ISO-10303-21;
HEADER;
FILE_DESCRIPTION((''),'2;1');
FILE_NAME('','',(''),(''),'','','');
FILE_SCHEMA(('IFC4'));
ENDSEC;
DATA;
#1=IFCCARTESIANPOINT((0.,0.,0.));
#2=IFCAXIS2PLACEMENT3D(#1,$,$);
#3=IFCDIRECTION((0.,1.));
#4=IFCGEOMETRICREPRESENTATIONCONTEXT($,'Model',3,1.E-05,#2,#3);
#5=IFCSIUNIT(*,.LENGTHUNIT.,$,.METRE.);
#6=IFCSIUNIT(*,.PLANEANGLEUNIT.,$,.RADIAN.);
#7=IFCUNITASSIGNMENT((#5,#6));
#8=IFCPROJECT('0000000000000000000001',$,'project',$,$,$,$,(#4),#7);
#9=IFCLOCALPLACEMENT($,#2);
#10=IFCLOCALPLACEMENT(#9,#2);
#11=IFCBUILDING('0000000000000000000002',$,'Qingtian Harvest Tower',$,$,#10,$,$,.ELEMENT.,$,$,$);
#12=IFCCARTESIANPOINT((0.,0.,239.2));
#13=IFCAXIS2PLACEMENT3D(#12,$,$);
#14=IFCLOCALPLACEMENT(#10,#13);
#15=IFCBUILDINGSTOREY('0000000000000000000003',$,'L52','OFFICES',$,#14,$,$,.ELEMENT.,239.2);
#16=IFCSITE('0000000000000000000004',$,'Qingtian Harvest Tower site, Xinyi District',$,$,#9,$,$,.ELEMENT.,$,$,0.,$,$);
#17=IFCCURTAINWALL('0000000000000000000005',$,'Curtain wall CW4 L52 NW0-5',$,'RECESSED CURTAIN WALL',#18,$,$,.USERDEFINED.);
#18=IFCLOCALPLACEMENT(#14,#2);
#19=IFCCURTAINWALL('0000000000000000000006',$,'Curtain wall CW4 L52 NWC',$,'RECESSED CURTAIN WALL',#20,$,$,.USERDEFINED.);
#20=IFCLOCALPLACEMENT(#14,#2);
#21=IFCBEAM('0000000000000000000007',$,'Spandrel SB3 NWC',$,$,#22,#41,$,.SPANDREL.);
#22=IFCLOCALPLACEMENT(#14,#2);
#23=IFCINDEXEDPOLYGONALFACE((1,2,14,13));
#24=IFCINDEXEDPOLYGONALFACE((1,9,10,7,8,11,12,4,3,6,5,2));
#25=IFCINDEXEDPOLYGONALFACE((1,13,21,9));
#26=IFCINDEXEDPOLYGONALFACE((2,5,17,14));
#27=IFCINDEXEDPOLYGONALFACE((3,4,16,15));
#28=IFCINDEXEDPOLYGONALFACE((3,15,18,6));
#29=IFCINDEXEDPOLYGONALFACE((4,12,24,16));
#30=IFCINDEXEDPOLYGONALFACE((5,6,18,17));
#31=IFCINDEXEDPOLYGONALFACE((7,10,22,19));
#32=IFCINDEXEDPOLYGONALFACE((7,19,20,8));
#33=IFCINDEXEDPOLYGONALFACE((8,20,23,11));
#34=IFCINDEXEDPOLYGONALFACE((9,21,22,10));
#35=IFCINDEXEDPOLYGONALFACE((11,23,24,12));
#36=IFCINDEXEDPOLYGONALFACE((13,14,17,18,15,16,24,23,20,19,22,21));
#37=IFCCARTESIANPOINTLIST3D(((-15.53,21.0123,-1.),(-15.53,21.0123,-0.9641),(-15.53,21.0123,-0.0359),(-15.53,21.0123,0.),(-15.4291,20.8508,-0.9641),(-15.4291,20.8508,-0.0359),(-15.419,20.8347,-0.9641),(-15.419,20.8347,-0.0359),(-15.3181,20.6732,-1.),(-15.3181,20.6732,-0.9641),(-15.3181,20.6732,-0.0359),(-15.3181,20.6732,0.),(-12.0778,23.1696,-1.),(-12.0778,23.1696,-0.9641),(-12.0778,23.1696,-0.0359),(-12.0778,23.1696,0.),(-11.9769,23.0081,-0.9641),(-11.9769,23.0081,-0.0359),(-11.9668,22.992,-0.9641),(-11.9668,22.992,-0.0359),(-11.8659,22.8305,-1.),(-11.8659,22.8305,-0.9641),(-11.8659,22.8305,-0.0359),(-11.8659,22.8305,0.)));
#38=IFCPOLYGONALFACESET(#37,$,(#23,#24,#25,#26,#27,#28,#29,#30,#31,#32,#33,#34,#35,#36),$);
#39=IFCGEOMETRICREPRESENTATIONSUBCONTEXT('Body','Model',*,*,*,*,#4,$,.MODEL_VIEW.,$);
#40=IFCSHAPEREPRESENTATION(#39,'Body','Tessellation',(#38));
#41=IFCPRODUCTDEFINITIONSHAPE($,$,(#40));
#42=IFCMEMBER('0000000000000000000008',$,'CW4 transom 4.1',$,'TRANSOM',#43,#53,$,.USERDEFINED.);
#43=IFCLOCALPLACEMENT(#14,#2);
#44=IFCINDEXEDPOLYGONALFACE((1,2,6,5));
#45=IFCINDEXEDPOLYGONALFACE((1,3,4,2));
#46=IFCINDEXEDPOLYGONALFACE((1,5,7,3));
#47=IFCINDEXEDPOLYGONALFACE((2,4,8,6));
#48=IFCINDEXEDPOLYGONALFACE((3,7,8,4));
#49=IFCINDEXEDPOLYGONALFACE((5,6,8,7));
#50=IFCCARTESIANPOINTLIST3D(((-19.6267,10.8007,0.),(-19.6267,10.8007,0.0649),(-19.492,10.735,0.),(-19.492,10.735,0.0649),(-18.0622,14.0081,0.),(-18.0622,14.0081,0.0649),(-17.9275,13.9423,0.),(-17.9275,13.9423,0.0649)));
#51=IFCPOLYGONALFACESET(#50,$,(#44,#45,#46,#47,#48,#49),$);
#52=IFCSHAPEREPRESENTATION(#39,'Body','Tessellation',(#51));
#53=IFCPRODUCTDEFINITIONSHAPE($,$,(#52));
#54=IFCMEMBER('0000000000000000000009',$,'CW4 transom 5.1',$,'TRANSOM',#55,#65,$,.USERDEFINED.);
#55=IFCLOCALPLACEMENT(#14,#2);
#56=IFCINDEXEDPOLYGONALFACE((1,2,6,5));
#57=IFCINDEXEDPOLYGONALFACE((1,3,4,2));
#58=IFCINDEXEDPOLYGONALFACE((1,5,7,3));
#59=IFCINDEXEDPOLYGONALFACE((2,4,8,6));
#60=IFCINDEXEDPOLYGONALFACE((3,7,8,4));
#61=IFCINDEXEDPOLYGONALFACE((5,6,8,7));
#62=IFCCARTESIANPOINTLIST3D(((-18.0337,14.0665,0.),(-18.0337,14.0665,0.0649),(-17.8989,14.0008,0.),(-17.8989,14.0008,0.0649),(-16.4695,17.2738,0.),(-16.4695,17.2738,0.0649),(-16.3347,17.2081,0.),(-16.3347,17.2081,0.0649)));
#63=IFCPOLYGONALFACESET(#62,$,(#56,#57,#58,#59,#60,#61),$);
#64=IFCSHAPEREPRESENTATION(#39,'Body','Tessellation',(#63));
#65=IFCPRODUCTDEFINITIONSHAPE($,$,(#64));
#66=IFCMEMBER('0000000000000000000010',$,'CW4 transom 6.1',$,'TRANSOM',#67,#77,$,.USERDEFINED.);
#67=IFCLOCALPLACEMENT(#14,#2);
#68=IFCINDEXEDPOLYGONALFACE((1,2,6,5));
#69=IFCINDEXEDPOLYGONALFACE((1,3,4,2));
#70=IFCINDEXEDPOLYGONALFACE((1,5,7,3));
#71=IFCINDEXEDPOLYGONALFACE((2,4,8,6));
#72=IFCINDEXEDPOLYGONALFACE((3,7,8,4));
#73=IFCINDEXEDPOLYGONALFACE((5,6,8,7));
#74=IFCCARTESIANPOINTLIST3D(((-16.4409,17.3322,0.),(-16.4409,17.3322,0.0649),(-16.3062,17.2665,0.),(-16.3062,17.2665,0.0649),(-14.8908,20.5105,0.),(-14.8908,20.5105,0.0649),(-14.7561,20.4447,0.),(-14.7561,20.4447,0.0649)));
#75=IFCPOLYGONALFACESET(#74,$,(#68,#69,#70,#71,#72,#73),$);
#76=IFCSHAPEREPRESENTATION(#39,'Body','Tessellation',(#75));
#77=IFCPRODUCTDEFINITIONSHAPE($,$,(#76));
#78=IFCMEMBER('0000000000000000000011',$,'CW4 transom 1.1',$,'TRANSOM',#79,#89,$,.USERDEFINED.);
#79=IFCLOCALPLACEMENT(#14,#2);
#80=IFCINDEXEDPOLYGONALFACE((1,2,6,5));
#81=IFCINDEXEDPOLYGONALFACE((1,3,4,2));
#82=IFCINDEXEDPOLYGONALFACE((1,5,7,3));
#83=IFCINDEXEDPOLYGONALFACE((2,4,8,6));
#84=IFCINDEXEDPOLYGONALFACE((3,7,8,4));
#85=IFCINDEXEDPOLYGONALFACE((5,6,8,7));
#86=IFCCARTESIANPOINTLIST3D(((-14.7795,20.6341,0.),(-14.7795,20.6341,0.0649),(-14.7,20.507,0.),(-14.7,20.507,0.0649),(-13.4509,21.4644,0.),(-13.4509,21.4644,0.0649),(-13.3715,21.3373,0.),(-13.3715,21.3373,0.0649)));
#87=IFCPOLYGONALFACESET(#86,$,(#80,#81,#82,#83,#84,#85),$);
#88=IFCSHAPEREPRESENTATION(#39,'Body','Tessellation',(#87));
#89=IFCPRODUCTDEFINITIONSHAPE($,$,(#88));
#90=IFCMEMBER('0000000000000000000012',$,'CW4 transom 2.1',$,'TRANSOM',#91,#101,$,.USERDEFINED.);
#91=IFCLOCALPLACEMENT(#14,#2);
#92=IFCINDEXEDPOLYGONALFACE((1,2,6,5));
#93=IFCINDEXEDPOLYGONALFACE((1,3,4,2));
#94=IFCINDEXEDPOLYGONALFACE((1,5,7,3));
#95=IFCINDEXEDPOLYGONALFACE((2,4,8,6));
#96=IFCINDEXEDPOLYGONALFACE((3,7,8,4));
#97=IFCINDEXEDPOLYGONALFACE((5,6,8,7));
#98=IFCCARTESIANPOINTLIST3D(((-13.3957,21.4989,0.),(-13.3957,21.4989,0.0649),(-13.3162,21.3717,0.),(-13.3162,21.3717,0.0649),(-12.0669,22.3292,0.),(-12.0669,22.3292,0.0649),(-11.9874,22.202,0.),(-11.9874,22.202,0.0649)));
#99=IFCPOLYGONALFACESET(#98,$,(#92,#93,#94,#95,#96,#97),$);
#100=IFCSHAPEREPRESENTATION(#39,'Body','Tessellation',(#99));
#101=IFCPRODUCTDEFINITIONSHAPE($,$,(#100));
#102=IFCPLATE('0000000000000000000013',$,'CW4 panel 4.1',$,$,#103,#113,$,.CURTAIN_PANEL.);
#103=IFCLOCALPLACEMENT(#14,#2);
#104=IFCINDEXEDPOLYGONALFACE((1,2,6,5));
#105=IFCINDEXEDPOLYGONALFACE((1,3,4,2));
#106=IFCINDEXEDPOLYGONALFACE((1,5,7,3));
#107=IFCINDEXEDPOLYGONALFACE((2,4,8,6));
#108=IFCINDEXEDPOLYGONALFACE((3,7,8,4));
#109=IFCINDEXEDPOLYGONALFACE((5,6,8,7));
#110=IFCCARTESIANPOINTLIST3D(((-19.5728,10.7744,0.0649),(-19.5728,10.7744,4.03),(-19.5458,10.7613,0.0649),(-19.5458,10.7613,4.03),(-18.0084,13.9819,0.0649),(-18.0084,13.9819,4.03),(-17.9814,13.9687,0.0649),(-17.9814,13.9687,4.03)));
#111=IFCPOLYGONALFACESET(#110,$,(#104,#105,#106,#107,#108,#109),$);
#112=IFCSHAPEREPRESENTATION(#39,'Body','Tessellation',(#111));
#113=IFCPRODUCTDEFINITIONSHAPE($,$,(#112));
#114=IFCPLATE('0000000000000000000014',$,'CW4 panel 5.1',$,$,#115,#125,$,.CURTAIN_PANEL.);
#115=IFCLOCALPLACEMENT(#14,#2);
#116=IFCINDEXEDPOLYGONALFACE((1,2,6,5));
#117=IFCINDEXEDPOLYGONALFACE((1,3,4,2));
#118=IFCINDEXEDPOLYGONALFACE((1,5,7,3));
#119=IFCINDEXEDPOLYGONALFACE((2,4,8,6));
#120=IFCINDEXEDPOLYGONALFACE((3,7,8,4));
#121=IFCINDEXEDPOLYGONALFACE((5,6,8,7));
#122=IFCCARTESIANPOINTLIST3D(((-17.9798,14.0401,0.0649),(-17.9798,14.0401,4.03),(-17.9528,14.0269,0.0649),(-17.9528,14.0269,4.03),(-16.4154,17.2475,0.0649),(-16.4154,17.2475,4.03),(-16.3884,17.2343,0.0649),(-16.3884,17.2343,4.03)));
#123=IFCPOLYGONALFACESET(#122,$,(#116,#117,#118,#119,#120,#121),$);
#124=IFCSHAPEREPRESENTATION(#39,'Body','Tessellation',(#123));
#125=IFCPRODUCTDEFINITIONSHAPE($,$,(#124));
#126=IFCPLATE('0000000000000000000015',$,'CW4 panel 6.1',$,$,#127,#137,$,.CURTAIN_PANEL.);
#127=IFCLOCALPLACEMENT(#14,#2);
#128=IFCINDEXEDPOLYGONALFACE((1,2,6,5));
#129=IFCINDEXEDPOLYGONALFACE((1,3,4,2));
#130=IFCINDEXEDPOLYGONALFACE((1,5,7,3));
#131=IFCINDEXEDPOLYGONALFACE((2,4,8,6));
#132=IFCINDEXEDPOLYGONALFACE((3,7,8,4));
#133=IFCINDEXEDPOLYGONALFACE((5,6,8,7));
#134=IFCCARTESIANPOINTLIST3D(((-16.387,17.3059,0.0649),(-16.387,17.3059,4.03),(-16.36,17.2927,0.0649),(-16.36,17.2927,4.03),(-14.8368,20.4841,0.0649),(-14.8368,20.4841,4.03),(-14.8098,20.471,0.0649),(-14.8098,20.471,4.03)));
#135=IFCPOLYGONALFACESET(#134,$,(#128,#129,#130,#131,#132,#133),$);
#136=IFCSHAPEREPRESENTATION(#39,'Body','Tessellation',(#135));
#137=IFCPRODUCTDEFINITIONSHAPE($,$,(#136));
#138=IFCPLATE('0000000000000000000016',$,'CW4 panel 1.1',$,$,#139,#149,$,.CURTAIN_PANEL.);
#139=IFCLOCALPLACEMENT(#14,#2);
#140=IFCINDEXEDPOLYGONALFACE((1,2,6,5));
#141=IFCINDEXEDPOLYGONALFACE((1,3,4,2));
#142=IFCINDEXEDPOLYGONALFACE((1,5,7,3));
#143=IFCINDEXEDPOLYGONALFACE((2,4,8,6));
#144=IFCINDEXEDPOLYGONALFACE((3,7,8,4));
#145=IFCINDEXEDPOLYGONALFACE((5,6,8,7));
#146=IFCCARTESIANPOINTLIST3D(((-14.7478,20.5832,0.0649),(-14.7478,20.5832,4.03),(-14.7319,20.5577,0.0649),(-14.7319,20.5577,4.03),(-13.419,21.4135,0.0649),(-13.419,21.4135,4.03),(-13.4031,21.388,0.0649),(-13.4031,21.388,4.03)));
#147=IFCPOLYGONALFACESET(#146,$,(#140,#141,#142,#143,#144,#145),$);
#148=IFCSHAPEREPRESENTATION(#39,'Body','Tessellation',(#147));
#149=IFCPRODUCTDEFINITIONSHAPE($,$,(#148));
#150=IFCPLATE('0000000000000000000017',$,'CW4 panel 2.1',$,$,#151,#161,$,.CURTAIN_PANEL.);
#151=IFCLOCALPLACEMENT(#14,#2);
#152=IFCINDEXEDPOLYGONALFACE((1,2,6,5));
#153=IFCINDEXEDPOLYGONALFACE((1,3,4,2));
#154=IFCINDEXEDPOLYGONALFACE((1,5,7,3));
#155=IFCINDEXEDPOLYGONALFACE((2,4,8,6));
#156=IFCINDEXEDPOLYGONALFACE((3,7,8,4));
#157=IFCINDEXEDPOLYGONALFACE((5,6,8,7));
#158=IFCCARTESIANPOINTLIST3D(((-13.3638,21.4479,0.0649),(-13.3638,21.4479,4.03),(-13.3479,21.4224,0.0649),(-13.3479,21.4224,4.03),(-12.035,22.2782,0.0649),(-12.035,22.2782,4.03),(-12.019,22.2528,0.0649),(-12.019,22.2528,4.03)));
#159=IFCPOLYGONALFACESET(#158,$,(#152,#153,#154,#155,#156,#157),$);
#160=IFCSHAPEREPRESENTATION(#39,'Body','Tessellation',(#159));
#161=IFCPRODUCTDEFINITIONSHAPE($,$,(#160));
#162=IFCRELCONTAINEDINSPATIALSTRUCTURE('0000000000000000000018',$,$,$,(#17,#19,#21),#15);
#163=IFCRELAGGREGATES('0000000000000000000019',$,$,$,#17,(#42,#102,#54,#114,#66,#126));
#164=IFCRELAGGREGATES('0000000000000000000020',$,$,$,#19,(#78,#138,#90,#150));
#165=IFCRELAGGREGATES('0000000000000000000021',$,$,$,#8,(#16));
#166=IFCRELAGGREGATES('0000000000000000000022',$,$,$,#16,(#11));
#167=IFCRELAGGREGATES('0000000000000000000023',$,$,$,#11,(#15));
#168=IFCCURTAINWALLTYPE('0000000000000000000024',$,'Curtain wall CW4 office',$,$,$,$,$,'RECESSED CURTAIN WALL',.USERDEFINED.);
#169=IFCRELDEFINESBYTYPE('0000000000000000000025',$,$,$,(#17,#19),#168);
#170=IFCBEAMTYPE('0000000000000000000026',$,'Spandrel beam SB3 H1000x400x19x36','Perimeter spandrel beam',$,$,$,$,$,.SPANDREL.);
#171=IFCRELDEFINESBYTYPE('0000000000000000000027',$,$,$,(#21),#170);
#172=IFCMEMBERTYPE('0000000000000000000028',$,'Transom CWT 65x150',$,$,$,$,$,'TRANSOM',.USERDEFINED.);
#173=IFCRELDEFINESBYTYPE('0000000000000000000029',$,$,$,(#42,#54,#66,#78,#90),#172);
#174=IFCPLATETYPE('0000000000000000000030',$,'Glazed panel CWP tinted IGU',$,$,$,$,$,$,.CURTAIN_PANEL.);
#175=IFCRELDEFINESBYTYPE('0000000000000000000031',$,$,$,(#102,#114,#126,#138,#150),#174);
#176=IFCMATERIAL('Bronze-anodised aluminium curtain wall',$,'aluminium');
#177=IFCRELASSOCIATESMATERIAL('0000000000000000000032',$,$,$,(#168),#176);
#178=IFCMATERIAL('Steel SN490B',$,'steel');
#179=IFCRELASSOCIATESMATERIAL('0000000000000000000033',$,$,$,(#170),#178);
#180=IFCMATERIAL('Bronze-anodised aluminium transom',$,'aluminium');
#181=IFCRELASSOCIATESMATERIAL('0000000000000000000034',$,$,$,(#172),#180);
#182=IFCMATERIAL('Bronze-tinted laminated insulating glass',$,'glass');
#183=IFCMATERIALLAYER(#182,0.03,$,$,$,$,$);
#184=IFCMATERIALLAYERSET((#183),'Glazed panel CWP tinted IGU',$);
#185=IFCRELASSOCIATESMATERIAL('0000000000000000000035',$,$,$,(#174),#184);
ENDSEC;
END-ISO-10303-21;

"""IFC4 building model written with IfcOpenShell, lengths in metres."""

from ifc_helpers import new_model, si_unit, direction, frame, origin, origin_2d, place, context, subcontext, project, spatial, rectangle, i_section, extrude, material, layer, layer_set, material_profile, profile_set, type_object, element, aggregate, save


model = new_model("IFC4")

# Units and contexts
model_context = context("Model", 3, precision=1e-05, world=origin(), true_north=direction((0.0, 1.0)))
body_context = subcontext(model_context, "Body", "Model", "MODEL_VIEW")
ifc_project = project(units=[si_unit("LENGTHUNIT", "METRE"), si_unit("PLANEANGLEUNIT", "RADIAN")], contexts=[model_context])

# Site, building, storey
site_placement = place(None, origin())
site = spatial("IfcSite", under=ifc_project, at=site_placement, Name="Qingtian Harvest Tower site, Xinyi District", CompositionType="ELEMENT", RefElevation=0.0)
building_placement = place(site_placement, origin())
building = spatial("IfcBuilding", under=site, at=building_placement, Name="Qingtian Harvest Tower", CompositionType="ELEMENT")
storey_placement = place(building_placement, frame((0.0, 0.0, 239.2)))
storey = spatial("IfcBuildingStorey", under=building, at=storey_placement, Name="L52", Description="OFFICES", CompositionType="ELEMENT", Elevation=239.2)

# Curtain walls
ifc_material_1 = material(Name="Bronze-anodised aluminium curtain wall", Category="aluminium")
curtain_wall_type = type_object("IfcCurtainWallType", Name="Curtain wall CW4 office", ElementType="RECESSED CURTAIN WALL", PredefinedType="USERDEFINED", material=ifc_material_1)
curtain_wall_1_placement = place(storey_placement, origin())
curtain_wall_1 = element("IfcCurtainWall", 1, at=curtain_wall_1_placement, inside=storey, type_object=curtain_wall_type, Name="Curtain wall CW4 L52 NW0-5", ObjectType="RECESSED CURTAIN WALL", PredefinedType="USERDEFINED")
curtain_wall_2_placement = place(storey_placement, origin())
curtain_wall_2 = element("IfcCurtainWall", 2, at=curtain_wall_2_placement, inside=storey, type_object=curtain_wall_type, Name="Curtain wall CW4 L52 NWC", ObjectType="RECESSED CURTAIN WALL", PredefinedType="USERDEFINED")

# Beam
ifc_material_2 = material(Name="Steel SN490B", Category="steel")
ifc_material_profile_1 = material_profile(ifc_material_2, i_section(OverallWidth=0.3999, OverallDepth=1.0, WebThickness=0.019, FlangeThickness=0.0359, at=origin_2d()), Name="H1000x400x19x36")
ifc_profile_set_1 = profile_set([ifc_material_profile_1], Name="Steel SN490B")
beam_type_1 = type_object("IfcBeamType", Name="Spandrel beam SB3 H1000x400x19x36", Description="Perimeter spandrel beam", PredefinedType="SPANDREL", material=ifc_profile_set_1)
beam_1_placement = place(storey_placement, frame((-15.4241, 20.8428, -0.5), z_axis=(0.848039, 0.529934, 0.0), x_axis=(-0.529934, 0.848039, 0.0)))
element("IfcBeam", 3, at=beam_1_placement, inside=storey, type_object=beam_type_1, Name="Spandrel SB3 NWC", PredefinedType="SPANDREL", context=body_context, shape_type="SweptSolid", body=[
    extrude(i_section(OverallWidth=0.3999, OverallDepth=1.0, WebThickness=0.019, FlangeThickness=0.0359, at=origin_2d()), origin(), (0.0, 0.0, 1.0), 4.0708),
])

# Members
ifc_material_3 = material(Name="Bronze-anodised aluminium transom", Category="aluminium")
ifc_material_profile_2 = material_profile(ifc_material_3, rectangle(XDim=0.1499, YDim=0.0649, at=origin_2d()), Name="AL 65x150")
ifc_profile_set_2 = profile_set([ifc_material_profile_2], Name="Bronze-anodised aluminium transom")
member_type_1 = type_object("IfcMemberType", Name="Transom CWT 65x150", ElementType="TRANSOM", PredefinedType="USERDEFINED", material=ifc_profile_set_2)
member_1_placement = place(storey_placement, frame((-19.5593, 10.7678, 0.0325), z_axis=(0.438407, 0.898776, 0.0), x_axis=(-0.898776, 0.438407, 0.0)))
member_1 = element("IfcMember", 4, at=member_1_placement, type_object=member_type_1, Name="CW4 transom 4.1", ObjectType="TRANSOM", PredefinedType="USERDEFINED", context=body_context, shape_type="SweptSolid", body=[
    extrude(rectangle(XDim=0.1499, YDim=0.0649, at=origin_2d()), origin(), (0.0, 0.0, 1.0), 3.5686),
])
member_2_placement = place(storey_placement, frame((-17.9663, 14.0337, 0.0325), z_axis=(0.438352, 0.898803, 0.0), x_axis=(-0.898803, 0.438352, 0.0)))
member_2 = element("IfcMember", 5, at=member_2_placement, type_object=member_type_1, Name="CW4 transom 5.1", ObjectType="TRANSOM", PredefinedType="USERDEFINED", context=body_context, shape_type="SweptSolid", body=[
    extrude(rectangle(XDim=0.1499, YDim=0.0649, at=origin_2d()), origin(), (0.0, 0.0, 1.0), 3.5684),
])
member_3_placement = place(storey_placement, frame((-16.3735, 17.2993, 0.0325), z_axis=(0.438354, 0.898802, 0.0), x_axis=(-0.898802, 0.438354, 0.0)))
member_3 = element("IfcMember", 6, at=member_3_placement, type_object=member_type_1, Name="CW4 transom 6.1", ObjectType="TRANSOM", PredefinedType="USERDEFINED", context=body_context, shape_type="SweptSolid", body=[
    extrude(rectangle(XDim=0.1499, YDim=0.0649, at=origin_2d()), origin(), (0.0, 0.0, 1.0), 3.5361),
])
member_4_placement = place(storey_placement, frame((-14.7397, 20.5706, 0.0325), z_axis=(0.848016, 0.529971, 0.0), x_axis=(-0.529971, 0.848016, 0.0)))
member_4 = element("IfcMember", 7, at=member_4_placement, type_object=member_type_1, Name="CW4 transom 1.1", ObjectType="TRANSOM", PredefinedType="USERDEFINED", context=body_context, shape_type="SweptSolid", body=[
    extrude(rectangle(XDim=0.1499, YDim=0.0649, at=origin_2d()), origin(), (0.0, 0.0, 1.0), 1.5667),
])
member_5_placement = place(storey_placement, frame((-13.356, 21.4353, 0.0325), z_axis=(0.84806, 0.529901, 0.0), x_axis=(-0.529901, 0.84806, 0.0)))
member_5 = element("IfcMember", 8, at=member_5_placement, type_object=member_type_1, Name="CW4 transom 2.1", ObjectType="TRANSOM", PredefinedType="USERDEFINED", context=body_context, shape_type="SweptSolid", body=[
    extrude(rectangle(XDim=0.1499, YDim=0.0649, at=origin_2d()), origin(), (0.0, 0.0, 1.0), 1.5669),
])

# Plates
ifc_material_4 = material(Name="Bronze-tinted laminated insulating glass", Category="glass")
ifc_layer = layer(ifc_material_4, 0.03)
ifc_layer_set = layer_set([ifc_layer], Name="Glazed panel CWP tinted IGU")
plate_type = type_object("IfcPlateType", Name="Glazed panel CWP tinted IGU", PredefinedType="CURTAIN_PANEL", material=ifc_layer_set)
plate_1_placement = place(storey_placement, frame((-18.7771, 12.3716, 0.0649), z_axis=(0.0, 0.0, 1.0), x_axis=(0.438371, 0.898794, 0.0)))
plate_1 = element("IfcPlate", 9, at=plate_1_placement, type_object=plate_type, Name="CW4 panel 4.1", PredefinedType="CURTAIN_PANEL", context=body_context, shape_type="SweptSolid", body=[
    extrude(rectangle(XDim=3.5686, YDim=0.03, at=origin_2d()), origin(), (0.0, 0.0, 1.0), 3.9651),
])
plate_2_placement = place(storey_placement, frame((-17.1841, 15.6372, 0.0649), z_axis=(0.0, 0.0, 1.0), x_axis=(0.438371, 0.898794, 0.0)))
plate_2 = element("IfcPlate", 10, at=plate_2_placement, type_object=plate_type, Name="CW4 panel 5.1", PredefinedType="CURTAIN_PANEL", context=body_context, shape_type="SweptSolid", body=[
    extrude(rectangle(XDim=3.5686, YDim=0.03, at=origin_2d()), origin(), (0.0, 0.0, 1.0), 3.9651),
])
plate_3_placement = place(storey_placement, frame((-15.5984, 18.8884, 0.0649), z_axis=(0.0, 0.0, 1.0), x_axis=(0.438371, 0.898794, 0.0)))
plate_3 = element("IfcPlate", 11, at=plate_3_placement, type_object=plate_type, Name="CW4 panel 6.1", PredefinedType="CURTAIN_PANEL", context=body_context, shape_type="SweptSolid", body=[
    extrude(rectangle(XDim=3.5361, YDim=0.03, at=origin_2d()), origin(), (0.0, 0.0, 1.0), 3.9651),
])
aggregate(curtain_wall_1, [member_1, plate_1, member_2, plate_2, member_3, plate_3])
plate_4_placement = place(storey_placement, frame((-14.0754, 20.9856, 0.0649), z_axis=(0.0, 0.0, 1.0), x_axis=(0.848048, 0.529919, 0.0)))
plate_4 = element("IfcPlate", 12, at=plate_4_placement, type_object=plate_type, Name="CW4 panel 1.1", PredefinedType="CURTAIN_PANEL", context=body_context, shape_type="SweptSolid", body=[
    extrude(rectangle(XDim=1.5669, YDim=0.03, at=origin_2d()), origin(), (0.0, 0.0, 1.0), 3.9651),
])
plate_5_placement = place(storey_placement, frame((-12.6914, 21.8503, 0.0649), z_axis=(0.0, 0.0, 1.0), x_axis=(0.848048, 0.529919, 0.0)))
plate_5 = element("IfcPlate", 13, at=plate_5_placement, type_object=plate_type, Name="CW4 panel 2.1", PredefinedType="CURTAIN_PANEL", context=body_context, shape_type="SweptSolid", body=[
    extrude(rectangle(XDim=1.5669, YDim=0.03, at=origin_2d()), origin(), (0.0, 0.0, 1.0), 3.9651),
])
aggregate(curtain_wall_2, [member_4, plate_4, member_5, plate_5])

save(model, "model.ifc")
